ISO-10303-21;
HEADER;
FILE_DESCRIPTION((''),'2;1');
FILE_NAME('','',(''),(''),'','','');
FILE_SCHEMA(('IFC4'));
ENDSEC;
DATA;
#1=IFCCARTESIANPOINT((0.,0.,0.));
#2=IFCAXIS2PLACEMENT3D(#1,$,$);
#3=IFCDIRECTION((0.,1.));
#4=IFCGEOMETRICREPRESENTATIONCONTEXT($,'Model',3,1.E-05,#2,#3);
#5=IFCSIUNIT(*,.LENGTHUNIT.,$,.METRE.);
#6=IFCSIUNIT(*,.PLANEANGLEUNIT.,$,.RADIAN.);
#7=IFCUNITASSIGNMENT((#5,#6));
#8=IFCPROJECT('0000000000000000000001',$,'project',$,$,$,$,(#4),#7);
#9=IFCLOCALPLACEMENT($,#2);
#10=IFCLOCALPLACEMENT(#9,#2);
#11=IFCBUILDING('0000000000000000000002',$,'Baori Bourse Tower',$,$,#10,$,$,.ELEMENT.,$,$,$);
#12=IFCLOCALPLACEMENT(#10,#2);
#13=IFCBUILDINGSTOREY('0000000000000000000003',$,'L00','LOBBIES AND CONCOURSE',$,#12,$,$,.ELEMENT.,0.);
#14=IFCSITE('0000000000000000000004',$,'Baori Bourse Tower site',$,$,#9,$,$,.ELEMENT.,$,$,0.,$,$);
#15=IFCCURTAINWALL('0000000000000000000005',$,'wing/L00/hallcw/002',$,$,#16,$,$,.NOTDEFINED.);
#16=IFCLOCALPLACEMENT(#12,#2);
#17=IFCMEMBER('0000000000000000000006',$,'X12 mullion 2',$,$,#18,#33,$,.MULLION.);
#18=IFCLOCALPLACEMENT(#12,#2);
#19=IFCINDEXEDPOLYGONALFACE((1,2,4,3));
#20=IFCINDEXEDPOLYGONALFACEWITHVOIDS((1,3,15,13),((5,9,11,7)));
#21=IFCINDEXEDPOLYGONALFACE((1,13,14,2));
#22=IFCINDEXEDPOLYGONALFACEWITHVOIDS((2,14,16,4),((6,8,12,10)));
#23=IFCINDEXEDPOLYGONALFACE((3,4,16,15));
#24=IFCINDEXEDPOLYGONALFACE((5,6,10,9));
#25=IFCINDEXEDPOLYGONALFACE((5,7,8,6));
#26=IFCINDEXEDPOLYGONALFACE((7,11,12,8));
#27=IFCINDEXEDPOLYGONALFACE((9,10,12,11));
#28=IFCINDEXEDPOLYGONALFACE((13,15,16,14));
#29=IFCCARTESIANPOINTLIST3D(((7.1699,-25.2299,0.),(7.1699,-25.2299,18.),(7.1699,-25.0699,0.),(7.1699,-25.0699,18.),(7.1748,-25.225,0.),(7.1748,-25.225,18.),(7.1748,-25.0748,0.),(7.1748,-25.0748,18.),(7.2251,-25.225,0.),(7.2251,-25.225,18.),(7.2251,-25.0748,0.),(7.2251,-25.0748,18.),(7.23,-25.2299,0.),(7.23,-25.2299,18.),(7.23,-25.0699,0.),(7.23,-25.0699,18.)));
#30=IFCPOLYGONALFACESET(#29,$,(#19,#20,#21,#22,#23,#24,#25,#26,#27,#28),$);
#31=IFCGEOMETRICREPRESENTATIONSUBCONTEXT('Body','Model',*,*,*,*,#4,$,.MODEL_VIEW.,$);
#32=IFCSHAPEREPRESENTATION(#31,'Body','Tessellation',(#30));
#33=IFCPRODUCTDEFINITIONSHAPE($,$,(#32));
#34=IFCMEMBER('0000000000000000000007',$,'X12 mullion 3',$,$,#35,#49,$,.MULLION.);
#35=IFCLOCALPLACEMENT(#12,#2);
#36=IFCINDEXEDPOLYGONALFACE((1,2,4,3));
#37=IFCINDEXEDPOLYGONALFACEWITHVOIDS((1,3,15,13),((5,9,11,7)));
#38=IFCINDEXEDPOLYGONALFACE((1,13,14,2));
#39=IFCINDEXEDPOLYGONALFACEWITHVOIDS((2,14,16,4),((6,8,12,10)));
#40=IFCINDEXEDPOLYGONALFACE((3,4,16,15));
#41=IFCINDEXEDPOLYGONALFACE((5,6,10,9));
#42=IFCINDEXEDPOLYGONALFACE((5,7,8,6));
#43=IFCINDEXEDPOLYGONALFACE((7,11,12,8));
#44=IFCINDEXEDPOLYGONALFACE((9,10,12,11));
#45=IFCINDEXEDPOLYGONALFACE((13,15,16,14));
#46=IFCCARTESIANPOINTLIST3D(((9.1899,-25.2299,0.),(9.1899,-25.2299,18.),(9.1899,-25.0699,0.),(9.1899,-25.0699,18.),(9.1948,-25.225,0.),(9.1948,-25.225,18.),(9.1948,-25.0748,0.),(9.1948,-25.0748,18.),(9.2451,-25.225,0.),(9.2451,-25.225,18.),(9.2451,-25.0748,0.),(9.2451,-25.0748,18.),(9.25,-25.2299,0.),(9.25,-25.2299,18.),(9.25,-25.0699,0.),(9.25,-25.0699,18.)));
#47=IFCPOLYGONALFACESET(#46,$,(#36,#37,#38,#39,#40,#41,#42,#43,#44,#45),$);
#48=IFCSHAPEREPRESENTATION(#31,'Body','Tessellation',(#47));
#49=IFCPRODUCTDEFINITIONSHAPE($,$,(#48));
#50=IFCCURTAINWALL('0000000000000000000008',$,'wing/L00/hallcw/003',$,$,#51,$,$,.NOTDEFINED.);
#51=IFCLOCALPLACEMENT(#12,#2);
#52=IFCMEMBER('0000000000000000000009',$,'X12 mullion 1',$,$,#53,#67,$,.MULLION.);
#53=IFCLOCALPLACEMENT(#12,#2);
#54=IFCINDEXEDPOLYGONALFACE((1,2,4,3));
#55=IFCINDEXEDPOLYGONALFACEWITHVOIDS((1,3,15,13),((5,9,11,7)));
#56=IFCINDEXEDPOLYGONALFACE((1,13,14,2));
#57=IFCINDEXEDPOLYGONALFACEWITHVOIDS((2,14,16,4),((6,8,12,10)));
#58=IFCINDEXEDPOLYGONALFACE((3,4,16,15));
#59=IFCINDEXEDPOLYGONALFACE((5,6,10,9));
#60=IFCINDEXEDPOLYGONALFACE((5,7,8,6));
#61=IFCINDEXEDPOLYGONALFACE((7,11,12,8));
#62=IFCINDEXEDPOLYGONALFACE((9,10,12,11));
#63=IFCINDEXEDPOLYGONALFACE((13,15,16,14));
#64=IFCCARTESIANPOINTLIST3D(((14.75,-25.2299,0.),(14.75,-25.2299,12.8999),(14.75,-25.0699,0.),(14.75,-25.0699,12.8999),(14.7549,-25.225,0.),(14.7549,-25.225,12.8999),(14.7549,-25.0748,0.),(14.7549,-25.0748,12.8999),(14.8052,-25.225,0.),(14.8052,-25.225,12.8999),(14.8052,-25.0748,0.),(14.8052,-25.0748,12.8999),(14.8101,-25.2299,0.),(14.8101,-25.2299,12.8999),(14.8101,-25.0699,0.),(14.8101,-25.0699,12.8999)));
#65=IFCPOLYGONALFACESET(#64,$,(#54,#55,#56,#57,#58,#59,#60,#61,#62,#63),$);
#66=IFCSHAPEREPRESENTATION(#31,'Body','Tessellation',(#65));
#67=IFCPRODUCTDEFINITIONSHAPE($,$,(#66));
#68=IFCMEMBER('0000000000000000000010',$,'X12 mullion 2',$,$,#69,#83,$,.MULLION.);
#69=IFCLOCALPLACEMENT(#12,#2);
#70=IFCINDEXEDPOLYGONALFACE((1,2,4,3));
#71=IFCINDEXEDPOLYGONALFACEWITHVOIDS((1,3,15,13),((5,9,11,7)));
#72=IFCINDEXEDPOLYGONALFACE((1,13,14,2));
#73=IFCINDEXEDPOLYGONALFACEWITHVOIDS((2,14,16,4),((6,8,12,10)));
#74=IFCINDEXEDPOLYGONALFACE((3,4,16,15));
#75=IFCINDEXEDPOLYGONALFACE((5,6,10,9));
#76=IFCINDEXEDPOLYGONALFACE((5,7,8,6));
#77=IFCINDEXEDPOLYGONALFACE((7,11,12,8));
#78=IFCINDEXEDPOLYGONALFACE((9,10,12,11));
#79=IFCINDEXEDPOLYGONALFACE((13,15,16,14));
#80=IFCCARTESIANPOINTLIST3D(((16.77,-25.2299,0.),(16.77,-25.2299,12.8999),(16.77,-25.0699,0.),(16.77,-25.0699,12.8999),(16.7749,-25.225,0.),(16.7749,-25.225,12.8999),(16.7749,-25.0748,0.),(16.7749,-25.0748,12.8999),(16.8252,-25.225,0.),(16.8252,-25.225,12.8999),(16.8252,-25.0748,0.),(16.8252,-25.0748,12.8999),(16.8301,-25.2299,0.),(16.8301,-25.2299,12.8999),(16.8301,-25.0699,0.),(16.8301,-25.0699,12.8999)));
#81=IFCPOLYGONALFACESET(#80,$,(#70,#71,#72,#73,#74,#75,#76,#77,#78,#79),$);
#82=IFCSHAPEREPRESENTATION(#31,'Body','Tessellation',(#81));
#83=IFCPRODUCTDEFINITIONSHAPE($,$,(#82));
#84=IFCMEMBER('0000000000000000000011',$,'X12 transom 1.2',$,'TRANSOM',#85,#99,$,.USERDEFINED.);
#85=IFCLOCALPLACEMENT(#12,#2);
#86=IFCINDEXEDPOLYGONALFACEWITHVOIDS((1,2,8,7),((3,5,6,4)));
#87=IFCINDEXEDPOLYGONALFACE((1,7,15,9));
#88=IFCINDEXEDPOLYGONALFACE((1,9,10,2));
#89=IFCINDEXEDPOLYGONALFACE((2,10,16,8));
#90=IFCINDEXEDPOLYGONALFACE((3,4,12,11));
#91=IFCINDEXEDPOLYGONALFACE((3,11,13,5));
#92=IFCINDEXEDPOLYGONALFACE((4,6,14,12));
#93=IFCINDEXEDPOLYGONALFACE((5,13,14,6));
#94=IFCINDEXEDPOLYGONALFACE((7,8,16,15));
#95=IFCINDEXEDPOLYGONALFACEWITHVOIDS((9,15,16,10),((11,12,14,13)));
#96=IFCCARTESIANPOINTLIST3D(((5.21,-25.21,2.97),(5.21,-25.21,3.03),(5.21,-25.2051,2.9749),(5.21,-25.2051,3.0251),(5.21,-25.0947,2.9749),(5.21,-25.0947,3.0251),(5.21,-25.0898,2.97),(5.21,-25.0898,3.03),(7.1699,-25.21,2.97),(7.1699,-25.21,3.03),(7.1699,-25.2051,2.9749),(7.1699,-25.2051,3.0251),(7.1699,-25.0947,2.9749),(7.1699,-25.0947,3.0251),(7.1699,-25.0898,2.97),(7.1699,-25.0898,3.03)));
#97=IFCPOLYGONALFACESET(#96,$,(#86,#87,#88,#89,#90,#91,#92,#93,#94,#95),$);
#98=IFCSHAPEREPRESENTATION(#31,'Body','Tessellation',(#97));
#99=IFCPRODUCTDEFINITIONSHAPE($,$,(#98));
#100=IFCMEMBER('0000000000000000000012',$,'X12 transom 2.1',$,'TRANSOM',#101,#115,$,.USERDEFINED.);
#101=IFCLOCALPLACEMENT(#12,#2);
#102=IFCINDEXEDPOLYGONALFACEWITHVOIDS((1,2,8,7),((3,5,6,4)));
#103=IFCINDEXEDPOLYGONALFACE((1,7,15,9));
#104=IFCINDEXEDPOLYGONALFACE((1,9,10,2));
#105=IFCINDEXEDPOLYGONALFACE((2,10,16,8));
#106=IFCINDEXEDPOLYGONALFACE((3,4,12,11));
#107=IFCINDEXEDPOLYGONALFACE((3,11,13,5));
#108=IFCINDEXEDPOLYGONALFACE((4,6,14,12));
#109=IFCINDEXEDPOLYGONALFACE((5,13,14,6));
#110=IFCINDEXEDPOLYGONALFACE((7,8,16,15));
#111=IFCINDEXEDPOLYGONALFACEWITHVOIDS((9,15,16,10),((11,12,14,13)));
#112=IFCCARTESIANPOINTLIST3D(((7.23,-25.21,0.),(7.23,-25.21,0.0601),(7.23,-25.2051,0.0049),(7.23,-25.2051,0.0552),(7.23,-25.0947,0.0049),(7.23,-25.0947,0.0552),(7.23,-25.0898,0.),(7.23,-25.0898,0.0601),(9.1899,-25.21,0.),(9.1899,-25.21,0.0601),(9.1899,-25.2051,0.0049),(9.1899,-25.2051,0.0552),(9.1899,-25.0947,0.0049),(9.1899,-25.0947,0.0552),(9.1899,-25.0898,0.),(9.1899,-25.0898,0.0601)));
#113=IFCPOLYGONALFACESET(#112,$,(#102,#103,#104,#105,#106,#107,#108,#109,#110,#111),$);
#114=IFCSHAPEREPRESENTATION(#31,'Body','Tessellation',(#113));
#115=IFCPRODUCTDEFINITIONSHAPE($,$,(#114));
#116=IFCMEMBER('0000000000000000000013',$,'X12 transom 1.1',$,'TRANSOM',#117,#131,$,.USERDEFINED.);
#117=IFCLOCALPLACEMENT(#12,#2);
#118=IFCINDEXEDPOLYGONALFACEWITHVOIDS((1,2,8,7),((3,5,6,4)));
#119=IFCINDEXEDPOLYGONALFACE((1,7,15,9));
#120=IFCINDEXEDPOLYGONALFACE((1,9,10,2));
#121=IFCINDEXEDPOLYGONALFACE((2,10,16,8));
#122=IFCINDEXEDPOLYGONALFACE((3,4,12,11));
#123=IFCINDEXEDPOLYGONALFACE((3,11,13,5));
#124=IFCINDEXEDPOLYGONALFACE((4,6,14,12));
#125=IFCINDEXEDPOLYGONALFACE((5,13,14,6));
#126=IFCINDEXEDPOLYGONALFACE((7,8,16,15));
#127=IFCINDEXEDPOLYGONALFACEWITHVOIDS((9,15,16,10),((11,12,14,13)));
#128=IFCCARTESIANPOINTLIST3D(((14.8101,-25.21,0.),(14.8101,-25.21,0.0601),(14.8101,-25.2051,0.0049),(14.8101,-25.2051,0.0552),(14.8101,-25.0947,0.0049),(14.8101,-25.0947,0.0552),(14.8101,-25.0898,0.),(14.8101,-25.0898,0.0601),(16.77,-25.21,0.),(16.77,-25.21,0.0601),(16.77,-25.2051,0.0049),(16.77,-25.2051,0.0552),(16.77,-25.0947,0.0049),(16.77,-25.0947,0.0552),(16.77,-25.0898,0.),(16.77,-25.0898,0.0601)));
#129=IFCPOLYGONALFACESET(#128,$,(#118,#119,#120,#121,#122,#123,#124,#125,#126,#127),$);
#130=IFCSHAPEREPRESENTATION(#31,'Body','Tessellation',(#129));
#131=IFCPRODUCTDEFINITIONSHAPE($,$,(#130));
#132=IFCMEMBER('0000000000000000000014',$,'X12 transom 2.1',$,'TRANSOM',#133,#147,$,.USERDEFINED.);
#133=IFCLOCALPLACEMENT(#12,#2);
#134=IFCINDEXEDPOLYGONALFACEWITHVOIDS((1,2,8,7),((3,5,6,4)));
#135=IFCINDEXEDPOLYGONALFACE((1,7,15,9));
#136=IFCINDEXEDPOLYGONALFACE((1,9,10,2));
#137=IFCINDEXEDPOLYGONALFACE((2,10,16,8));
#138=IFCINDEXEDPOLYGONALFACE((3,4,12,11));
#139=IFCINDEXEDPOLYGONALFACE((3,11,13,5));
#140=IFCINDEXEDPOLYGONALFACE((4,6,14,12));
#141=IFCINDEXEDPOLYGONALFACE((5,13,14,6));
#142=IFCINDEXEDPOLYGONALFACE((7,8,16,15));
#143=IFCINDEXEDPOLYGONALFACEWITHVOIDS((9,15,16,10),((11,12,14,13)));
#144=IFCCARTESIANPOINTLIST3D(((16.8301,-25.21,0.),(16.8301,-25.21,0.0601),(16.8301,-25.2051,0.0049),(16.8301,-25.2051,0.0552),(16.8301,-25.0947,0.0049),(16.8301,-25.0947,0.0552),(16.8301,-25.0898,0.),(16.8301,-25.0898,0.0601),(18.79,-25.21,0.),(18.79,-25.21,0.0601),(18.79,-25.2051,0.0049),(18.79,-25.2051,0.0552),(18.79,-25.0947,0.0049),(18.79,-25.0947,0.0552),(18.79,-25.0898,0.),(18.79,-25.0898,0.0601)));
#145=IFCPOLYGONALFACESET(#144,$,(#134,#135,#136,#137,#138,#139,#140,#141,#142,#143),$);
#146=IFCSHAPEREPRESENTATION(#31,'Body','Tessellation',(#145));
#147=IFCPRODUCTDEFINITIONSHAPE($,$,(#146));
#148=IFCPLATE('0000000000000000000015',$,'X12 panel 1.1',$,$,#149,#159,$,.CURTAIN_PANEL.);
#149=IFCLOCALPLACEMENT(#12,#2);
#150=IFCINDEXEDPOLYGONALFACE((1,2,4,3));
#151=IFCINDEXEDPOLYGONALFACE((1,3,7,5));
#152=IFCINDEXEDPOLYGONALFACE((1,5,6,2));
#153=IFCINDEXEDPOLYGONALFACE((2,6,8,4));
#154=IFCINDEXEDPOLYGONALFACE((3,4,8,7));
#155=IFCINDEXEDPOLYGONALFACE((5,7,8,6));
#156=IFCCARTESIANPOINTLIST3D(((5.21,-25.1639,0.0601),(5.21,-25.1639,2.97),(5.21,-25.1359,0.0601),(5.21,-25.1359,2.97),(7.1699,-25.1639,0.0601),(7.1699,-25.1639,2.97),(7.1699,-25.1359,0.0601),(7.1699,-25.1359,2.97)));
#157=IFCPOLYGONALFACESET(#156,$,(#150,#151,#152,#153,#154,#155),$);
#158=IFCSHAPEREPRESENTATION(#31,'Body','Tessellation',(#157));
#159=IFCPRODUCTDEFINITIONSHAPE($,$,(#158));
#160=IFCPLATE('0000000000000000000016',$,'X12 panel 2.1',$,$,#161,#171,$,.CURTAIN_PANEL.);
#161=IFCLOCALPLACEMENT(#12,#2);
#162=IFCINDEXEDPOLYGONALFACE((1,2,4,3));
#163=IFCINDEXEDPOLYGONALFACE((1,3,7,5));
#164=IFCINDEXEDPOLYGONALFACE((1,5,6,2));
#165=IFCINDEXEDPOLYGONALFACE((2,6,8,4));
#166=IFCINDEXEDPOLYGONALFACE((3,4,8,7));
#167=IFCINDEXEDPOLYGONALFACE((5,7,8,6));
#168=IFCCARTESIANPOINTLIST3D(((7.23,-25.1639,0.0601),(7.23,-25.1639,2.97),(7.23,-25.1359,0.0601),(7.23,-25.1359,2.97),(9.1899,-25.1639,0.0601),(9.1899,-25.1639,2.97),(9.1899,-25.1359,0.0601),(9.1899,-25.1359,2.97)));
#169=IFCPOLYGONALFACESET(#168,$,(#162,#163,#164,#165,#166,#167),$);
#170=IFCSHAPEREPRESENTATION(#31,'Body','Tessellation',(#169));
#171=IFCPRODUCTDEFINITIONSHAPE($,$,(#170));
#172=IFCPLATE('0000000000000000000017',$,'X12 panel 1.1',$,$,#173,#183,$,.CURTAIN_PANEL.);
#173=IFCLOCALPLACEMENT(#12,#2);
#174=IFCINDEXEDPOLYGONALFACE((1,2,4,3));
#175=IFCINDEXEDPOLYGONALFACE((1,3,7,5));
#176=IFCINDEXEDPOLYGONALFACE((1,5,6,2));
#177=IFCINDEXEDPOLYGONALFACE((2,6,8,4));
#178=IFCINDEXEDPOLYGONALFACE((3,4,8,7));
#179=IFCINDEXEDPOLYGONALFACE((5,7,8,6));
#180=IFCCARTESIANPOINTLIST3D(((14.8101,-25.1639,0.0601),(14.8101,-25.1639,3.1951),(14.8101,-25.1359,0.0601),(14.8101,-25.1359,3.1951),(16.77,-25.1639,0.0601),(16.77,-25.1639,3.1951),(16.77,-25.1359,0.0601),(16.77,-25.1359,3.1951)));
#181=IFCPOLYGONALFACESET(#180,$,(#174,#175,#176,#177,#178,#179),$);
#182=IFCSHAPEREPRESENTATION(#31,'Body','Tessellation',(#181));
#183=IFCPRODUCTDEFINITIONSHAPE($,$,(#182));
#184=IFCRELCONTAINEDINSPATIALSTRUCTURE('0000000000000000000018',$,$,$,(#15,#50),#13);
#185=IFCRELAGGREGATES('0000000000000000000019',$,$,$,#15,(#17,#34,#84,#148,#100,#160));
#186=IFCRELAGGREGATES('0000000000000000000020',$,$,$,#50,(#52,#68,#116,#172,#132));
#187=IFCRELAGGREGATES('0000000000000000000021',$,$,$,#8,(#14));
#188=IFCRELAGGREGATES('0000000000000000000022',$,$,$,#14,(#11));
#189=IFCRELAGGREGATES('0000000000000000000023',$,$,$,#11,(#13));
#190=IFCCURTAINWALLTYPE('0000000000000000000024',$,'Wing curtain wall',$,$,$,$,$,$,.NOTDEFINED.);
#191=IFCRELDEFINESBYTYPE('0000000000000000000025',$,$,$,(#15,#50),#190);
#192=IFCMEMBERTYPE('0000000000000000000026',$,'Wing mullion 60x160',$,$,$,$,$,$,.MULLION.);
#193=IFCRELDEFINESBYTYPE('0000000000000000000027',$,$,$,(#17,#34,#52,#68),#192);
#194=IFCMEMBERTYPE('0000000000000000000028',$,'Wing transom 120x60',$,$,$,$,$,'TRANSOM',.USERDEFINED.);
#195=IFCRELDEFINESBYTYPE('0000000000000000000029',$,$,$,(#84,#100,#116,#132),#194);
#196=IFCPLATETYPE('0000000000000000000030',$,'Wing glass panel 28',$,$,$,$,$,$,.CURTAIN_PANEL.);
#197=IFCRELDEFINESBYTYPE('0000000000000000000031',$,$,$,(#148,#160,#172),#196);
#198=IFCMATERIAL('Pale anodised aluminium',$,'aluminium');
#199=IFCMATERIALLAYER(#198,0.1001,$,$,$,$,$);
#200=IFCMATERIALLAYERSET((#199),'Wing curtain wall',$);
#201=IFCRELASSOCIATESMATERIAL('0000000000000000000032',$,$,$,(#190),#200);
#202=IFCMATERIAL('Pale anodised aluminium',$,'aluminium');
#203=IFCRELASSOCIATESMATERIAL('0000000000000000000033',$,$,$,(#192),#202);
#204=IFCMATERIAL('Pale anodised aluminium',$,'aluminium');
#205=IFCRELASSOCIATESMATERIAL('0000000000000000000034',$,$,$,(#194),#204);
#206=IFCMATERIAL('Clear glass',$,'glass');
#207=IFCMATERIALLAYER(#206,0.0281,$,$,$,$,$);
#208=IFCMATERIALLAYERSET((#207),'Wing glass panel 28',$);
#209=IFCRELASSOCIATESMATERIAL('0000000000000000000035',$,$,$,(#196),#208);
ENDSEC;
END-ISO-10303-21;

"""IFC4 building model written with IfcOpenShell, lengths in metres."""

from ifc_helpers import new_model, si_unit, direction, frame, origin, origin_2d, place, context, subcontext, project, spatial, rectangle, hollow_rectangle, extrude, material, layer, layer_set, material_profile, profile_set, type_object, element, aggregate, save


model = new_model("IFC4")

# Units and contexts
model_context = context("Model", 3, precision=1e-05, world=origin(), true_north=direction((0.0, 1.0)))
body_context = subcontext(model_context, "Body", "Model", "MODEL_VIEW")
ifc_project = project(units=[si_unit("LENGTHUNIT", "METRE"), si_unit("PLANEANGLEUNIT", "RADIAN")], contexts=[model_context])

# Site, building, storey
site_placement = place(None, origin())
site = spatial("IfcSite", under=ifc_project, at=site_placement, Name="Baori Bourse Tower site", CompositionType="ELEMENT", RefElevation=0.0)
building_placement = place(site_placement, origin())
building = spatial("IfcBuilding", under=site, at=building_placement, Name="Baori Bourse Tower", CompositionType="ELEMENT")
storey_placement = place(building_placement, origin())
storey = spatial("IfcBuildingStorey", under=building, at=storey_placement, Name="L00", Description="LOBBIES AND CONCOURSE", CompositionType="ELEMENT", Elevation=0.0)

# Curtain walls, members
ifc_material_1 = material(Name="Pale anodised aluminium", Category="aluminium")
ifc_layer_1 = layer(ifc_material_1, 0.1001)
ifc_layer_set_1 = layer_set([ifc_layer_1], Name="Wing curtain wall")
curtain_wall_type = type_object("IfcCurtainWallType", Name="Wing curtain wall", PredefinedType="NOTDEFINED", material=ifc_layer_set_1)
curtain_wall_1_placement = place(storey_placement, origin())
curtain_wall_1 = element("IfcCurtainWall", 1, at=curtain_wall_1_placement, inside=storey, type_object=curtain_wall_type, Name="wing/L00/hallcw/002", PredefinedType="NOTDEFINED")
ifc_material_2 = material(Name="Pale anodised aluminium", Category="aluminium")
ifc_material_profile_1 = material_profile(ifc_material_2, hollow_rectangle(XDim=0.1599, YDim=0.0601, WallThickness=0.0049, at=origin_2d()), Name="Mullion 160x60x5")
ifc_profile_set_1 = profile_set([ifc_material_profile_1], Name="Pale anodised aluminium")
member_type_1 = type_object("IfcMemberType", Name="Wing mullion 60x160", PredefinedType="MULLION", material=ifc_profile_set_1)
member_1_placement = place(storey_placement, frame((7.2, -25.1499, 0.0), z_axis=(0.0, 0.0, 1.0), x_axis=(0.0, 1.0, 0.0)))
member_1 = element("IfcMember", 2, at=member_1_placement, type_object=member_type_1, Name="X12 mullion 2", PredefinedType="MULLION", context=body_context, shape_type="SweptSolid", body=[
    extrude(hollow_rectangle(XDim=0.1599, YDim=0.0601, WallThickness=0.0049, at=origin_2d()), origin(), (0.0, 0.0, 1.0), 18.0),
])
member_2_placement = place(storey_placement, frame((9.22, -25.1499, 0.0), z_axis=(0.0, 0.0, 1.0), x_axis=(0.0, 1.0, 0.0)))
member_2 = element("IfcMember", 3, at=member_2_placement, type_object=member_type_1, Name="X12 mullion 3", PredefinedType="MULLION", context=body_context, shape_type="SweptSolid", body=[
    extrude(hollow_rectangle(XDim=0.1599, YDim=0.0601, WallThickness=0.0049, at=origin_2d()), origin(), (0.0, 0.0, 1.0), 18.0),
])
curtain_wall_2_placement = place(storey_placement, origin())
curtain_wall_2 = element("IfcCurtainWall", 4, at=curtain_wall_2_placement, inside=storey, type_object=curtain_wall_type, Name="wing/L00/hallcw/003", PredefinedType="NOTDEFINED")
member_3_placement = place(storey_placement, frame((14.78, -25.1499, 0.0), z_axis=(0.0, 0.0, 1.0), x_axis=(0.0, 1.0, 0.0)))
member_3 = element("IfcMember", 5, at=member_3_placement, type_object=member_type_1, Name="X12 mullion 1", PredefinedType="MULLION", context=body_context, shape_type="SweptSolid", body=[
    extrude(hollow_rectangle(XDim=0.1599, YDim=0.0601, WallThickness=0.0049, at=origin_2d()), origin(), (0.0, 0.0, 1.0), 12.8999),
])
member_4_placement = place(storey_placement, frame((16.8, -25.1499, 0.0), z_axis=(0.0, 0.0, 1.0), x_axis=(0.0, 1.0, 0.0)))
member_4 = element("IfcMember", 6, at=member_4_placement, type_object=member_type_1, Name="X12 mullion 2", PredefinedType="MULLION", context=body_context, shape_type="SweptSolid", body=[
    extrude(hollow_rectangle(XDim=0.1599, YDim=0.0601, WallThickness=0.0049, at=origin_2d()), origin(), (0.0, 0.0, 1.0), 12.8999),
])

# Members
ifc_material_3 = material(Name="Pale anodised aluminium", Category="aluminium")
ifc_material_profile_2 = material_profile(ifc_material_3, hollow_rectangle(XDim=0.1201, YDim=0.0601, WallThickness=0.0049, at=origin_2d()), Name="Transom 120x60x5")
ifc_profile_set_2 = profile_set([ifc_material_profile_2], Name="Pale anodised aluminium")
member_type_2 = type_object("IfcMemberType", Name="Wing transom 120x60", ElementType="TRANSOM", PredefinedType="USERDEFINED", material=ifc_profile_set_2)
member_5_placement = place(storey_placement, frame((5.21, -25.1499, 3.0), z_axis=(1.0, 0.0, 0.0), x_axis=(0.0, 1.0, 0.0)))
member_5 = element("IfcMember", 7, at=member_5_placement, type_object=member_type_2, Name="X12 transom 1.2", ObjectType="TRANSOM", PredefinedType="USERDEFINED", context=body_context, shape_type="SweptSolid", body=[
    extrude(hollow_rectangle(XDim=0.1201, YDim=0.0601, WallThickness=0.0049, at=origin_2d()), origin(), (0.0, 0.0, 1.0), 1.96),
])
member_6_placement = place(storey_placement, frame((7.23, -25.1499, 0.03), z_axis=(1.0, 0.0, 0.0), x_axis=(0.0, 1.0, 0.0)))
member_6 = element("IfcMember", 8, at=member_6_placement, type_object=member_type_2, Name="X12 transom 2.1", ObjectType="TRANSOM", PredefinedType="USERDEFINED", context=body_context, shape_type="SweptSolid", body=[
    extrude(hollow_rectangle(XDim=0.1201, YDim=0.0601, WallThickness=0.0049, at=origin_2d()), origin(), (0.0, 0.0, 1.0), 1.96),
])
member_7_placement = place(storey_placement, frame((14.8101, -25.1499, 0.03), z_axis=(1.0, 0.0, 0.0), x_axis=(0.0, 1.0, 0.0)))
member_7 = element("IfcMember", 9, at=member_7_placement, type_object=member_type_2, Name="X12 transom 1.1", ObjectType="TRANSOM", PredefinedType="USERDEFINED", context=body_context, shape_type="SweptSolid", body=[
    extrude(hollow_rectangle(XDim=0.1201, YDim=0.0601, WallThickness=0.0049, at=origin_2d()), origin(), (0.0, 0.0, 1.0), 1.96),
])
member_8_placement = place(storey_placement, frame((16.8301, -25.1499, 0.03), z_axis=(1.0, 0.0, 0.0), x_axis=(0.0, 1.0, 0.0)))
member_8 = element("IfcMember", 10, at=member_8_placement, type_object=member_type_2, Name="X12 transom 2.1", ObjectType="TRANSOM", PredefinedType="USERDEFINED", context=body_context, shape_type="SweptSolid", body=[
    extrude(hollow_rectangle(XDim=0.1201, YDim=0.0601, WallThickness=0.0049, at=origin_2d()), origin(), (0.0, 0.0, 1.0), 1.96),
])

# Plates
ifc_material_4 = material(Name="Clear glass", Category="glass")
ifc_layer_2 = layer(ifc_material_4, 0.0281)
ifc_layer_set_2 = layer_set([ifc_layer_2], Name="Wing glass panel 28")
plate_type = type_object("IfcPlateType", Name="Wing glass panel 28", PredefinedType="CURTAIN_PANEL", material=ifc_layer_set_2)
plate_1_placement = place(storey_placement, frame((6.1899, -25.1499, 0.0601), z_axis=(0.0, 0.0, 1.0), x_axis=(1.0, 0.0, 0.0)))
plate_1 = element("IfcPlate", 11, at=plate_1_placement, type_object=plate_type, Name="X12 panel 1.1", PredefinedType="CURTAIN_PANEL", context=body_context, shape_type="SweptSolid", body=[
    extrude(rectangle(XDim=1.96, YDim=0.0281, at=origin_2d()), origin(), (0.0, 0.0, 1.0), 2.9099),
])
plate_2_placement = place(storey_placement, frame((8.21, -25.1499, 0.0601), z_axis=(0.0, 0.0, 1.0), x_axis=(1.0, 0.0, 0.0)))
plate_2 = element("IfcPlate", 12, at=plate_2_placement, type_object=plate_type, Name="X12 panel 2.1", PredefinedType="CURTAIN_PANEL", context=body_context, shape_type="SweptSolid", body=[
    extrude(rectangle(XDim=1.96, YDim=0.0281, at=origin_2d()), origin(), (0.0, 0.0, 1.0), 2.9099),
])
aggregate(curtain_wall_1, [member_1, member_2, member_5, plate_1, member_6, plate_2])
plate_3_placement = place(storey_placement, frame((15.79, -25.1499, 0.0601), z_axis=(0.0, 0.0, 1.0), x_axis=(1.0, 0.0, 0.0)))
plate_3 = element("IfcPlate", 13, at=plate_3_placement, type_object=plate_type, Name="X12 panel 1.1", PredefinedType="CURTAIN_PANEL", context=body_context, shape_type="SweptSolid", body=[
    extrude(rectangle(XDim=1.96, YDim=0.0281, at=origin_2d()), origin(), (0.0, 0.0, 1.0), 3.135),
])
aggregate(curtain_wall_2, [member_3, member_4, member_7, plate_3, member_8])

save(model, "model.ifc")
